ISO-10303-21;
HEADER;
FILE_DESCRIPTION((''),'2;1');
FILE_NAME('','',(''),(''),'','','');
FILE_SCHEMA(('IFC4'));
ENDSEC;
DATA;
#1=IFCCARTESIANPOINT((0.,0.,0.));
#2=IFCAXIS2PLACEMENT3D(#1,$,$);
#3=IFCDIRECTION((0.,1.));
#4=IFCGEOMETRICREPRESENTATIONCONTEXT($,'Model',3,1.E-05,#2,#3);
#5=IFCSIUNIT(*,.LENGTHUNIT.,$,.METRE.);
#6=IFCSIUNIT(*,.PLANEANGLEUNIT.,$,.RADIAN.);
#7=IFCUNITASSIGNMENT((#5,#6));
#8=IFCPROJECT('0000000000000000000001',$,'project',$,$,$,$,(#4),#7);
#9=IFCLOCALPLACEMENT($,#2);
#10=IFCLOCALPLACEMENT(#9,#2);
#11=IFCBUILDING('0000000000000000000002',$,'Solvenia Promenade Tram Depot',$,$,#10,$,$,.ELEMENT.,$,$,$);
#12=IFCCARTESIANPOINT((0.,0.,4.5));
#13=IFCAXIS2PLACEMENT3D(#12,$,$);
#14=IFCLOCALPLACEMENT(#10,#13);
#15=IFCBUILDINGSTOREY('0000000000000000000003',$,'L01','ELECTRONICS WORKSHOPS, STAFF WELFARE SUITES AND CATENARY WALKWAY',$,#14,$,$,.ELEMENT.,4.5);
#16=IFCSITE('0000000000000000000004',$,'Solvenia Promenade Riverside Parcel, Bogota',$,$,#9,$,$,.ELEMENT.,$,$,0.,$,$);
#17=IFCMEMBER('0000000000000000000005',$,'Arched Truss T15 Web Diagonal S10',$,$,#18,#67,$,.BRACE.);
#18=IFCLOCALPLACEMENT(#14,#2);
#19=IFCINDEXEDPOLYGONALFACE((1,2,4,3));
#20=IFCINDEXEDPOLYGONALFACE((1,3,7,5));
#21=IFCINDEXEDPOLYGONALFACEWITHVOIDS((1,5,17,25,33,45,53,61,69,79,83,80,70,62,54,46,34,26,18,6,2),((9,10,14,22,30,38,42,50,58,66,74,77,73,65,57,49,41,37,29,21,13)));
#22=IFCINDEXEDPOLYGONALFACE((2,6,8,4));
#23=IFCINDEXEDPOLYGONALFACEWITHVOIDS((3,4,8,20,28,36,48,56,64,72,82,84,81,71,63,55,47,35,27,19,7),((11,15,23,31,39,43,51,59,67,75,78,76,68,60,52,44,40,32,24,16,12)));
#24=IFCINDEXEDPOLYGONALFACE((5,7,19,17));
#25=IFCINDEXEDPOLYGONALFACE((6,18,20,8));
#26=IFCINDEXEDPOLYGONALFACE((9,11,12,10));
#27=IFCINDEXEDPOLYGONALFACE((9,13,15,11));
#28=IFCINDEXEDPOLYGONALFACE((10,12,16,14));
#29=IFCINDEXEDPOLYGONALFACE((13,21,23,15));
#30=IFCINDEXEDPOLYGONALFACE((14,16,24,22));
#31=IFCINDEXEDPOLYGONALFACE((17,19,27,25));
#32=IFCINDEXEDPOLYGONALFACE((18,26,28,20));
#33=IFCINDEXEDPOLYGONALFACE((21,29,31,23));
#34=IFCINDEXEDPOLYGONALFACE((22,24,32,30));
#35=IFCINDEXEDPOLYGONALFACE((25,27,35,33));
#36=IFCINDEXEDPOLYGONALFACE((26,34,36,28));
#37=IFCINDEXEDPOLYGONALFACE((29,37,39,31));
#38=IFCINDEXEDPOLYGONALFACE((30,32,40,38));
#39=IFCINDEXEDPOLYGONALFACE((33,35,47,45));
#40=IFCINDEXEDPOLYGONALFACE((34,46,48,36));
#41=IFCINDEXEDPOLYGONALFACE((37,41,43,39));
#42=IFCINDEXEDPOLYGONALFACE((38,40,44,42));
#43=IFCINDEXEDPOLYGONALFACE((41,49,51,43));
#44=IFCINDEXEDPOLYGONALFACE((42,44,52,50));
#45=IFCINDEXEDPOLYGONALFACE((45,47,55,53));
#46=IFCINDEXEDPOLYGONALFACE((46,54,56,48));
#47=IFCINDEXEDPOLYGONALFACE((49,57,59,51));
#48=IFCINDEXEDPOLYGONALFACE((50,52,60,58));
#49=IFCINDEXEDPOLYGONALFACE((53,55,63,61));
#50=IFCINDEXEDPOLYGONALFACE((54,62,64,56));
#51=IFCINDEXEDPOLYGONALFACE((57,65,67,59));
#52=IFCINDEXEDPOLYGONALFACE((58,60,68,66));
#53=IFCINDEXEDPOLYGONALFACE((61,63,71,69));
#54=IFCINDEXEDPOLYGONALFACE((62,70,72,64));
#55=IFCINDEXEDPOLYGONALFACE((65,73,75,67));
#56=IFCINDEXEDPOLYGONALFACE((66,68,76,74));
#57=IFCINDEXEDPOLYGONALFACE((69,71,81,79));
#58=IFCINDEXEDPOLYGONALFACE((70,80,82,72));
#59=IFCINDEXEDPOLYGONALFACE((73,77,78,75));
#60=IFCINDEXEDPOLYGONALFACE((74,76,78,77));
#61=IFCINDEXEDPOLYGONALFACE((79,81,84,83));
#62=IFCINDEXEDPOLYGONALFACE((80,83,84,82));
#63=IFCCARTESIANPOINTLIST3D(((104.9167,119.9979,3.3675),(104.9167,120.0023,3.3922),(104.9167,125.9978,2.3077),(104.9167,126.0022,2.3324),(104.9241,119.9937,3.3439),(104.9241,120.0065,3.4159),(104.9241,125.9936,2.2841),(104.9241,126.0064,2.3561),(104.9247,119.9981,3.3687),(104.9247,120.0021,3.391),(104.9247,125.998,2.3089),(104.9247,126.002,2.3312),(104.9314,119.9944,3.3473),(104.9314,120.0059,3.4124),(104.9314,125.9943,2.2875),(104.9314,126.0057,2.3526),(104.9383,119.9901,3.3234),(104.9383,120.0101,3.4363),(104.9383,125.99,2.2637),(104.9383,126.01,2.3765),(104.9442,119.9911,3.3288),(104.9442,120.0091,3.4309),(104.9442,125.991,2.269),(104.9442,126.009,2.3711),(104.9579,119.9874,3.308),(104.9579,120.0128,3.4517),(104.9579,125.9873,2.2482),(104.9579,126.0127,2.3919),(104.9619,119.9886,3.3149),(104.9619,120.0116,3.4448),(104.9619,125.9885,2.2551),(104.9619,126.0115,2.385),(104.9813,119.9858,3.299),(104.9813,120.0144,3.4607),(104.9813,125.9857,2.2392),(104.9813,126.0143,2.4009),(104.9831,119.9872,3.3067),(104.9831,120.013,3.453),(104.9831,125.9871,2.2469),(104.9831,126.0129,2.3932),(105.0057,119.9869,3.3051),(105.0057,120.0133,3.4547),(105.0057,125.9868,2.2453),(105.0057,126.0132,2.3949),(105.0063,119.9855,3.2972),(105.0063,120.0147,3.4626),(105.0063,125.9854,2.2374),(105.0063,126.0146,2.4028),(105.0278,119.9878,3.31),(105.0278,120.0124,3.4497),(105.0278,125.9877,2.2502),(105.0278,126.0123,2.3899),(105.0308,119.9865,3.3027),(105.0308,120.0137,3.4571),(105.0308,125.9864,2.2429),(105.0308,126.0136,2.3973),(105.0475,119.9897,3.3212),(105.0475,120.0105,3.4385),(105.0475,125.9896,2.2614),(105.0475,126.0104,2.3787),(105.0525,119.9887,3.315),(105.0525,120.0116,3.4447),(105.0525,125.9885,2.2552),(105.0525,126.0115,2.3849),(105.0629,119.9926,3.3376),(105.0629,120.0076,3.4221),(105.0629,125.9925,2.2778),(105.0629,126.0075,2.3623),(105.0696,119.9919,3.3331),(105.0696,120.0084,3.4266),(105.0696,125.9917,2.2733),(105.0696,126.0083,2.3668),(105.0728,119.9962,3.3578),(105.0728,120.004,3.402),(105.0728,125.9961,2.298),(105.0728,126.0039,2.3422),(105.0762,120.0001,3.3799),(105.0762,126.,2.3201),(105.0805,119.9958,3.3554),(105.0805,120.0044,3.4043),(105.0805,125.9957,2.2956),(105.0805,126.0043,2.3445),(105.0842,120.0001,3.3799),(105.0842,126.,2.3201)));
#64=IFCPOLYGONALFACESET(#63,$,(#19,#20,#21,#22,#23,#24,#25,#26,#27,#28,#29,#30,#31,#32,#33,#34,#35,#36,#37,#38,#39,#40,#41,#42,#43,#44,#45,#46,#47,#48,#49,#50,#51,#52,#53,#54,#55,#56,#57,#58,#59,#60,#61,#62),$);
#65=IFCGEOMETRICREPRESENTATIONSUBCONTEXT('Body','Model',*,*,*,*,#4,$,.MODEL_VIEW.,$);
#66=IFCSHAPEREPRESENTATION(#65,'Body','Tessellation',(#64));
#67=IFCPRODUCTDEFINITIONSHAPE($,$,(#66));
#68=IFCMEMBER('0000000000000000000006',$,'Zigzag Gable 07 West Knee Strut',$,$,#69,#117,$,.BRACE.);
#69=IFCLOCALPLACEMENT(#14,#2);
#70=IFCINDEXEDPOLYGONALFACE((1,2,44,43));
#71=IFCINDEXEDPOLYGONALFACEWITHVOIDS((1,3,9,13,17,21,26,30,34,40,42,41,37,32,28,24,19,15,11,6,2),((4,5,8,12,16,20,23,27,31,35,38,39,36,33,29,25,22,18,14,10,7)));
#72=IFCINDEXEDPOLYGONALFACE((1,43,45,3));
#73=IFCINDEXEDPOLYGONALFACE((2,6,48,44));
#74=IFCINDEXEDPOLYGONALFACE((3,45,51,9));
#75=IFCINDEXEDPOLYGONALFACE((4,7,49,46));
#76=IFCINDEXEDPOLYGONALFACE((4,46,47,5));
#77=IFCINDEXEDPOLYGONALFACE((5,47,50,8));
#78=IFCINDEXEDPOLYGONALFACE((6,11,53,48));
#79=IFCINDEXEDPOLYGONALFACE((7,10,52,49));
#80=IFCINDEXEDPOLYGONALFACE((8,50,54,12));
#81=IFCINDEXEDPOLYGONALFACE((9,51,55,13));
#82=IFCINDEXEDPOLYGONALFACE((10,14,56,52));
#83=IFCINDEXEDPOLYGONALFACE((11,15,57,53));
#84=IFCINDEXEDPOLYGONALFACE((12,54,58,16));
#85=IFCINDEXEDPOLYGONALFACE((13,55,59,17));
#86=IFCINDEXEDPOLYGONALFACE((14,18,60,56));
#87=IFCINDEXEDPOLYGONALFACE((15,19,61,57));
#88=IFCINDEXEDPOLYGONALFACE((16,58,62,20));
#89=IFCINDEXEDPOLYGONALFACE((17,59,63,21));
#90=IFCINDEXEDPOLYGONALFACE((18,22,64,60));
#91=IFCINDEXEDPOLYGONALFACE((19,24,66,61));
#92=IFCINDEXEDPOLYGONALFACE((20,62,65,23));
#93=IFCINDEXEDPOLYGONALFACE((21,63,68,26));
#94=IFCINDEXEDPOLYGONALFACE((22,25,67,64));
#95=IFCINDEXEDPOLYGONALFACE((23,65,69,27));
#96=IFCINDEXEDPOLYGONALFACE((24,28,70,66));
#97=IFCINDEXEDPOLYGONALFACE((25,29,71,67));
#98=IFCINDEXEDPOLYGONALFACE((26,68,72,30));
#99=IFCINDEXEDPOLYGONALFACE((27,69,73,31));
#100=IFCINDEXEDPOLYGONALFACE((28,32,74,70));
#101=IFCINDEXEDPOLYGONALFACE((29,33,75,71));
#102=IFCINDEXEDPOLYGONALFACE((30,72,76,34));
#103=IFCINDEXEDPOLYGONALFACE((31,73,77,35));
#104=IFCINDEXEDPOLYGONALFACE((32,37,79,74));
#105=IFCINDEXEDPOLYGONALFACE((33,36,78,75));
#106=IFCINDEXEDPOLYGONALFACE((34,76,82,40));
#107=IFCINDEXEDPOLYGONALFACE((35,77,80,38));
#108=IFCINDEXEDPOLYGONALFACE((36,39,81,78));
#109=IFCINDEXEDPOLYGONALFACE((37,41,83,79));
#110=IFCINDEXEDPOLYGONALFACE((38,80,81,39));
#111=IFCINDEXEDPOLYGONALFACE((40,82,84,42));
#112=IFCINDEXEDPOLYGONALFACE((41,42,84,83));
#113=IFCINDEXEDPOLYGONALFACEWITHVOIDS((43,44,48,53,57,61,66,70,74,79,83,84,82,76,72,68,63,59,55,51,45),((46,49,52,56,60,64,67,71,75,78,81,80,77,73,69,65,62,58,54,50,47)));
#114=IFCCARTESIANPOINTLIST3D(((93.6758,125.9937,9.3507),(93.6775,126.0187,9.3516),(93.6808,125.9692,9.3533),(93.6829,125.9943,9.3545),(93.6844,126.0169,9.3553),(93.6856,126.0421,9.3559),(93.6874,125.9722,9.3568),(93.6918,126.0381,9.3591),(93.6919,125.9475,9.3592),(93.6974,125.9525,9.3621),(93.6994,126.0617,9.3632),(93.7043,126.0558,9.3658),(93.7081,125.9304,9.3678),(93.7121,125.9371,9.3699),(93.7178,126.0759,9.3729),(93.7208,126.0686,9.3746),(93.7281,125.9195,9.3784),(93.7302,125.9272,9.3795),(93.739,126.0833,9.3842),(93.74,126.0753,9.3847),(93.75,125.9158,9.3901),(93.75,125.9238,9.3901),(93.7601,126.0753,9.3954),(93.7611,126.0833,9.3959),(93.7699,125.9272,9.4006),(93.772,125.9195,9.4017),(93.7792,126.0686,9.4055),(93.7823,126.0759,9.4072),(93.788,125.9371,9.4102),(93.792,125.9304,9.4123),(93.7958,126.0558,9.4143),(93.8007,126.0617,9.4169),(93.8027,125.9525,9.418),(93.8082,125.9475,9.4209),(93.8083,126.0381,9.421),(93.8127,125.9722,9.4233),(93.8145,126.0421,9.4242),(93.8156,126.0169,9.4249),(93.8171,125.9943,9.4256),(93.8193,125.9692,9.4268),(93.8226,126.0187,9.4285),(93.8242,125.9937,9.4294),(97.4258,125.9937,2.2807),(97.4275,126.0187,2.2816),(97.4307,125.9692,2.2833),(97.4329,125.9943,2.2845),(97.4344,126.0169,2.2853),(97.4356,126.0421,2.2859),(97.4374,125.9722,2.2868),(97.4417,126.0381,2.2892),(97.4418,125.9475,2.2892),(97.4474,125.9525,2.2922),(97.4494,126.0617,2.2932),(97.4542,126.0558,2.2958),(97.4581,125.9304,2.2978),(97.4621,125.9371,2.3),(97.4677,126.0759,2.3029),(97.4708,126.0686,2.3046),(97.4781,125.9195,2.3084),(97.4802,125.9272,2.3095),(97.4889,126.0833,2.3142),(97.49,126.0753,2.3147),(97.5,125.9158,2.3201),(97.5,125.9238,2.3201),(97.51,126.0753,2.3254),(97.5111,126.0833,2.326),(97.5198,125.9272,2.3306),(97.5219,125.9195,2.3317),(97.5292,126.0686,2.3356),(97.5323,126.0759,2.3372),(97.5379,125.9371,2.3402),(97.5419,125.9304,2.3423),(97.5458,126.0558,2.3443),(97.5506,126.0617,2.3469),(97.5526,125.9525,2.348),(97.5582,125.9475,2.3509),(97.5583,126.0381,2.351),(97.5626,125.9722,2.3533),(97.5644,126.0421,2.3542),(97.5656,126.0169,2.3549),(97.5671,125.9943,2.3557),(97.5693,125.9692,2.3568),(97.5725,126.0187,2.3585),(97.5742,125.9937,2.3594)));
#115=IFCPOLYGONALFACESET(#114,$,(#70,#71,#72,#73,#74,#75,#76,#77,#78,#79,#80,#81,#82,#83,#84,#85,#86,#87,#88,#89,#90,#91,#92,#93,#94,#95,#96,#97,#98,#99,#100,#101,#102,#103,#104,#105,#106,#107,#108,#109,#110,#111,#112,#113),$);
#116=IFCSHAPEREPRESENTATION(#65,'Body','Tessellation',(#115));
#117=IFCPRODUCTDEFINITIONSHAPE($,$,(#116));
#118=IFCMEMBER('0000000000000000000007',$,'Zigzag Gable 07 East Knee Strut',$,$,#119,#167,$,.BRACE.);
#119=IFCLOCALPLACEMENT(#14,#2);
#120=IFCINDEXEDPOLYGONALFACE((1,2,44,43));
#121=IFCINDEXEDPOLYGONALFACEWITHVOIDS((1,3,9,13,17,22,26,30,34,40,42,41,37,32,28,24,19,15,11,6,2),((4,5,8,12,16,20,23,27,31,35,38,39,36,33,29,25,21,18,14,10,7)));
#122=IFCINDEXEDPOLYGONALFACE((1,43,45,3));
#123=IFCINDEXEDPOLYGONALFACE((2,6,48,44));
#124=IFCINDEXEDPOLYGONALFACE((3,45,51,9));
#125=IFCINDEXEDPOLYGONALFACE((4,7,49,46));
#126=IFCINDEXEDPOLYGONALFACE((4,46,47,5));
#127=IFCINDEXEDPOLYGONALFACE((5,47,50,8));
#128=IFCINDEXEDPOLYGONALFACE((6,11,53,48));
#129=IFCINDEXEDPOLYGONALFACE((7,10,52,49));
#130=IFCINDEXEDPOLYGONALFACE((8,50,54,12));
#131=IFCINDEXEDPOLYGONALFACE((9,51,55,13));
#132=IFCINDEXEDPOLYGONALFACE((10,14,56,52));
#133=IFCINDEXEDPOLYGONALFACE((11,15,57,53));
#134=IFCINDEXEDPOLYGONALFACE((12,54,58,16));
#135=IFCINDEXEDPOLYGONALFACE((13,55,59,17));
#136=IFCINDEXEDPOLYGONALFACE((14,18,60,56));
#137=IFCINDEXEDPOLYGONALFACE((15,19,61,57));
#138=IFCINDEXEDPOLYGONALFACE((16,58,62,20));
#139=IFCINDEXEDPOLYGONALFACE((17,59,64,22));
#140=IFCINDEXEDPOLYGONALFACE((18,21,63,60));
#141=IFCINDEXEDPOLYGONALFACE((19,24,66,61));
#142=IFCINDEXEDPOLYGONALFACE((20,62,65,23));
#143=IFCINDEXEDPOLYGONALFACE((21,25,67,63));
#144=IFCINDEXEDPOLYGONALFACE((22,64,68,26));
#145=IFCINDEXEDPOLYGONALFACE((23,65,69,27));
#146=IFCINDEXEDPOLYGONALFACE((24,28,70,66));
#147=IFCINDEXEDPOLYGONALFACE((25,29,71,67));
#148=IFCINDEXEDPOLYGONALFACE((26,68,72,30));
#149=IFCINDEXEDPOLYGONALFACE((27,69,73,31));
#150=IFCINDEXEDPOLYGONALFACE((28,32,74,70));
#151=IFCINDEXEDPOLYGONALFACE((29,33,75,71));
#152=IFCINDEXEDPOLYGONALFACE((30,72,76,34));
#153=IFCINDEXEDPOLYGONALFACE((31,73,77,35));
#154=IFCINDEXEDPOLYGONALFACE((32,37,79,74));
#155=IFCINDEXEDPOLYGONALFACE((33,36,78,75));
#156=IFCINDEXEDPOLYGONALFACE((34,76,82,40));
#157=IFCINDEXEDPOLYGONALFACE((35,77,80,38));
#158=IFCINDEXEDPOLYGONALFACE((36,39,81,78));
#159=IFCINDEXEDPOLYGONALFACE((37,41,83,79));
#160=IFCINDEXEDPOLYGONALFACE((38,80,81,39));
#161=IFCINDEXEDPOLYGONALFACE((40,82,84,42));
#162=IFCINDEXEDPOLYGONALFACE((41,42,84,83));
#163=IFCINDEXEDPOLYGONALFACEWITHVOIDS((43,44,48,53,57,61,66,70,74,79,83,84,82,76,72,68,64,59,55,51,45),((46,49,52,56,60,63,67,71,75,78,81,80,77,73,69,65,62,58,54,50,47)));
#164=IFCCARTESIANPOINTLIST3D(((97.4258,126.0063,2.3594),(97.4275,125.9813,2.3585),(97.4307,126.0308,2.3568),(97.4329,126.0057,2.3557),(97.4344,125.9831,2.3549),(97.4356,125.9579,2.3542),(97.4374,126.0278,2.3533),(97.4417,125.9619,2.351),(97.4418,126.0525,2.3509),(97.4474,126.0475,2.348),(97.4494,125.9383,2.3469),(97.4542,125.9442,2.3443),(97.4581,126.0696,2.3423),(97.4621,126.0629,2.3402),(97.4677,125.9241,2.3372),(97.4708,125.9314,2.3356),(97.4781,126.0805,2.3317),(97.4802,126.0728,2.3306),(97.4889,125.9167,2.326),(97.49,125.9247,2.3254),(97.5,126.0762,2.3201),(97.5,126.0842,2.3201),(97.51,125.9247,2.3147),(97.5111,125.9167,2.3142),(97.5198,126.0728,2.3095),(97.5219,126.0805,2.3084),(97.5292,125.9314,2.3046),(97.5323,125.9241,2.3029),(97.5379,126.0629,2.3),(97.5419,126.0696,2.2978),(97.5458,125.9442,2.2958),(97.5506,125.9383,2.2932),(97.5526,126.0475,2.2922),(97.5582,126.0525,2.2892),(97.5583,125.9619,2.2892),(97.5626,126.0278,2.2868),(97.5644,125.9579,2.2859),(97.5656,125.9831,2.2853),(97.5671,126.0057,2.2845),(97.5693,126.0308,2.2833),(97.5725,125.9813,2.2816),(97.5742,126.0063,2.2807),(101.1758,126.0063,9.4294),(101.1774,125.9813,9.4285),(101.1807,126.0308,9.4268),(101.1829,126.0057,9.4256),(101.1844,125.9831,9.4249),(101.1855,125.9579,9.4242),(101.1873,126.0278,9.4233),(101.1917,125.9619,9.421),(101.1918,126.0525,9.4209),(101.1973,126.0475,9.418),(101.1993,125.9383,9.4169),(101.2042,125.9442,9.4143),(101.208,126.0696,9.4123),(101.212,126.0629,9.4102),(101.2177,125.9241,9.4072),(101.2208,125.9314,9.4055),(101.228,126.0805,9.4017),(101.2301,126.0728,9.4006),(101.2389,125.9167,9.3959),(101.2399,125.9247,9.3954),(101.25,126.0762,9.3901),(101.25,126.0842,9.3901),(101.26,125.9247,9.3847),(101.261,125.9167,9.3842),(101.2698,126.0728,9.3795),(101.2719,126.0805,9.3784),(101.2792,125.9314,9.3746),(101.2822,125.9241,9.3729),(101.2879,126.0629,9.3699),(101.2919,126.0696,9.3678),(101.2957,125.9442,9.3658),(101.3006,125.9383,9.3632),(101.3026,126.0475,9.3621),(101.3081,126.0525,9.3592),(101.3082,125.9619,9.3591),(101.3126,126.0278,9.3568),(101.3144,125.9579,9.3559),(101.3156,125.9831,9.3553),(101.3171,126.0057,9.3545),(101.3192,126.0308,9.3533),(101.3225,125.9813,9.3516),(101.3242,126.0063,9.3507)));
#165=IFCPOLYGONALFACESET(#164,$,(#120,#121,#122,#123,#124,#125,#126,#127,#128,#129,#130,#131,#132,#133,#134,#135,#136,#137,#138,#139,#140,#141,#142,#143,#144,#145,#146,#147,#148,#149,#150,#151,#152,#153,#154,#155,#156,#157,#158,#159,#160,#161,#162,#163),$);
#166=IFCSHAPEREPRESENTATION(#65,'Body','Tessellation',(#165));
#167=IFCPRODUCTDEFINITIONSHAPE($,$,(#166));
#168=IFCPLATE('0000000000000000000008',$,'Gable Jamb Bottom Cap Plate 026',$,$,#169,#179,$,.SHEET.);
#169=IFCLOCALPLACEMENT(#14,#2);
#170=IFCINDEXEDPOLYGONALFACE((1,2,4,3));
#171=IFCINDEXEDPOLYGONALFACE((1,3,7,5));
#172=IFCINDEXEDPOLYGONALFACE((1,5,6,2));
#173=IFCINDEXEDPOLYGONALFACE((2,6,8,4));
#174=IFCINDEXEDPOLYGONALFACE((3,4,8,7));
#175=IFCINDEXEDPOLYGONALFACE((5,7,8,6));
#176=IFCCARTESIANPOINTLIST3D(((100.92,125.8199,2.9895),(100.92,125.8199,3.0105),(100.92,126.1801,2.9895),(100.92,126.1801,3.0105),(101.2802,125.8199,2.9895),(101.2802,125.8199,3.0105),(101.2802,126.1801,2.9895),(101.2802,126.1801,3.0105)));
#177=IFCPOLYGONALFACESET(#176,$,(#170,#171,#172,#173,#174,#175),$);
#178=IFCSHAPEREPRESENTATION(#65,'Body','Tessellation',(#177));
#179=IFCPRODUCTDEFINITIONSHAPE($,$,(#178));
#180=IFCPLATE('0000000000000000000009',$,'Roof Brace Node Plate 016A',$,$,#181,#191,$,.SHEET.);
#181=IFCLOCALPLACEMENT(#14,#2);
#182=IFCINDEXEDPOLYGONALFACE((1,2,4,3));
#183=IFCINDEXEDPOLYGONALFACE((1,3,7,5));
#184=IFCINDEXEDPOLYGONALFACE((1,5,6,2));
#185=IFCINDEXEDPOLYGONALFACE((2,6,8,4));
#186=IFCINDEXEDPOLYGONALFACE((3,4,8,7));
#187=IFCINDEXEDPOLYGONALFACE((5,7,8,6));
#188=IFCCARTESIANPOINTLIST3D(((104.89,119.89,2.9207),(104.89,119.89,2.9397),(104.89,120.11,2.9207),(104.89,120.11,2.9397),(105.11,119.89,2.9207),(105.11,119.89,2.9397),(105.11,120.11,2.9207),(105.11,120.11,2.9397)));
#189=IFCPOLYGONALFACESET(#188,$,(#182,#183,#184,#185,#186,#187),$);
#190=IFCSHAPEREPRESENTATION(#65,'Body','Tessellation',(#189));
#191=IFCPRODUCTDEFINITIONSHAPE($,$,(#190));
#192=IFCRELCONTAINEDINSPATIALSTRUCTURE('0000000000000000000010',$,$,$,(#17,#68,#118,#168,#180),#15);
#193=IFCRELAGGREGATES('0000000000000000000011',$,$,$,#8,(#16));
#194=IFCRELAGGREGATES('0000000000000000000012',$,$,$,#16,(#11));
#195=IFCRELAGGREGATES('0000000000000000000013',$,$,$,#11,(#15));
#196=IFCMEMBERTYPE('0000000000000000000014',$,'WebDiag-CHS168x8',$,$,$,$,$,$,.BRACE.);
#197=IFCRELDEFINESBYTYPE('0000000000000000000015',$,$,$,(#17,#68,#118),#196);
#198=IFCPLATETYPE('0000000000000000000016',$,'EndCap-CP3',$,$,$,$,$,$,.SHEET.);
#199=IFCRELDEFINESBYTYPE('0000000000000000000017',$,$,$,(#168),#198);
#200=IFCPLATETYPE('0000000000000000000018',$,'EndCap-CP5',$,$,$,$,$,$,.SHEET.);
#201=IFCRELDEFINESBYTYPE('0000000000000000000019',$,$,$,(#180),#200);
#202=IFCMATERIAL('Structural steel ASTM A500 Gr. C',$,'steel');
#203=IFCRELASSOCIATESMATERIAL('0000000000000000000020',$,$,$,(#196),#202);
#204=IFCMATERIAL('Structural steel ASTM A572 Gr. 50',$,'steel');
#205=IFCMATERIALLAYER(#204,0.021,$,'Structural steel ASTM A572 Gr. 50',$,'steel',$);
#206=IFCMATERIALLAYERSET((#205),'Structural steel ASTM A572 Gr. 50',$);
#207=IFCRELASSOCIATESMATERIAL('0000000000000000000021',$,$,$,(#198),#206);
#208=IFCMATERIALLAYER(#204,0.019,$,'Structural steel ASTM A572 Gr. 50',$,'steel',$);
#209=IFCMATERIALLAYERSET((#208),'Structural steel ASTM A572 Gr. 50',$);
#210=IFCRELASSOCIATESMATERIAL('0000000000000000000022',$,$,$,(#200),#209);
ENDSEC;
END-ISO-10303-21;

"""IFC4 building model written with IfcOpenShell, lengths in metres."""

from ifc_helpers import new_model, si_unit, direction, frame, origin, origin_2d, place, context, subcontext, project, spatial, rectangle, hollow_circle, extrude, material, layer, layer_set, material_profile, profile_set, type_object, element, save


model = new_model("IFC4")

# Units and contexts
model_context = context("Model", 3, precision=1e-05, world=origin(), true_north=direction((0.0, 1.0)))
body_context = subcontext(model_context, "Body", "Model", "MODEL_VIEW")
ifc_project = project(units=[si_unit("LENGTHUNIT", "METRE"), si_unit("PLANEANGLEUNIT", "RADIAN")], contexts=[model_context])

# Site, building, storey
site_placement = place(None, origin())
site = spatial("IfcSite", under=ifc_project, at=site_placement, Name="Solvenia Promenade Riverside Parcel, Bogota", CompositionType="ELEMENT", RefElevation=0.0)
building_placement = place(site_placement, origin())
building = spatial("IfcBuilding", under=site, at=building_placement, Name="Solvenia Promenade Tram Depot", CompositionType="ELEMENT")
storey_placement = place(building_placement, frame((0.0, 0.0, 4.5)))
storey = spatial("IfcBuildingStorey", under=building, at=storey_placement, Name="L01", Description="ELECTRONICS WORKSHOPS, STAFF WELFARE SUITES AND CATENARY WALKWAY", CompositionType="ELEMENT", Elevation=4.5)

# Shared definitions
ifc_material_1 = material(Name="Structural steel ASTM A500 Gr. C", Category="steel")

# Members
ifc_material_profile_1 = material_profile(ifc_material_1, hollow_circle(Radius=0.0842, WallThickness=0.0081, at=origin_2d()), Name="CHS168.3x8", Category="steel")
ifc_profile_set_1 = profile_set([ifc_material_profile_1], Name="Structural steel ASTM A500 Gr. C")
member_type_1 = type_object("IfcMemberType", Name="WebDiag-CHS168x8", PredefinedType="BRACE", material=ifc_profile_set_1)
member_1_placement = place(storey_placement, frame((105.0, 126.0, 2.3201), z_axis=(0.0, -0.984756, 0.173943), x_axis=(1.0, 0.0, 0.0)))
element("IfcMember", 1, at=member_1_placement, inside=storey, type_object=member_type_1, Name="Arched Truss T15 Web Diagonal S10", PredefinedType="BRACE", context=body_context, shape_type="SweptSolid", body=[
    extrude(hollow_circle(Radius=0.0842, WallThickness=0.0081, at=origin_2d()), origin(), (0.0, 0.0, 1.0), 6.0928),
])
for number, where, z_axis, x_axis, name in (
    (2, (97.5, 126.0, 2.3201), (-0.468573, 0.0, 0.883425), (0.0, -1.0, 0.0), "Zigzag Gable 07 West Knee Strut"),
    (3, (97.5, 126.0, 2.3201), (0.468573, 0.0, 0.883425), (0.0, 1.0, 0.0), "Zigzag Gable 07 East Knee Strut"),
):
    element("IfcMember", number, at=place(storey_placement, frame(where, z_axis=z_axis, x_axis=x_axis)), inside=storey, type_object=member_type_1, Name=name, PredefinedType="BRACE", context=body_context, shape_type="SweptSolid", body=[
        extrude(hollow_circle(Radius=0.0842, WallThickness=0.0081, at=origin_2d()), origin(), (0.0, 0.0, 1.0), 8.0029),
    ])

# Plates
ifc_material_2 = material(Name="Structural steel ASTM A572 Gr. 50", Category="steel")
ifc_layer_1 = layer(ifc_material_2, 0.021, Name="Structural steel ASTM A572 Gr. 50", Category="steel")
ifc_layer_set_1 = layer_set([ifc_layer_1], Name="Structural steel ASTM A572 Gr. 50")
plate_type_1 = type_object("IfcPlateType", Name="EndCap-CP3", PredefinedType="SHEET", material=ifc_layer_set_1)
plate_1_placement = place(storey_placement, frame((101.1001, 126.0, 2.9895), z_axis=(0.0, 0.0, 1.0), x_axis=(1.0, 0.0, 0.0)))
element("IfcPlate", 4, at=plate_1_placement, inside=storey, type_object=plate_type_1, Name="Gable Jamb Bottom Cap Plate 026", PredefinedType="SHEET", context=body_context, shape_type="SweptSolid", body=[
    extrude(rectangle(XDim=0.3601, YDim=0.3601, at=origin_2d()), origin(), (0.0, 0.0, 1.0), 0.021),
])
ifc_layer_2 = layer(ifc_material_2, 0.019, Name="Structural steel ASTM A572 Gr. 50", Category="steel")
ifc_layer_set_2 = layer_set([ifc_layer_2], Name="Structural steel ASTM A572 Gr. 50")
plate_type_2 = type_object("IfcPlateType", Name="EndCap-CP5", PredefinedType="SHEET", material=ifc_layer_set_2)
plate_2_placement = place(storey_placement, frame((105.0, 120.0, 2.9207), z_axis=(0.0, 0.0, 1.0), x_axis=(1.0, 0.0, 0.0)))
element("IfcPlate", 5, at=plate_2_placement, inside=storey, type_object=plate_type_2, Name="Roof Brace Node Plate 016A", PredefinedType="SHEET", context=body_context, shape_type="SweptSolid", body=[
    extrude(rectangle(XDim=0.22, YDim=0.22, at=origin_2d()), origin(), (0.0, 0.0, 1.0), 0.019),
])

save(model, "model.ifc")
